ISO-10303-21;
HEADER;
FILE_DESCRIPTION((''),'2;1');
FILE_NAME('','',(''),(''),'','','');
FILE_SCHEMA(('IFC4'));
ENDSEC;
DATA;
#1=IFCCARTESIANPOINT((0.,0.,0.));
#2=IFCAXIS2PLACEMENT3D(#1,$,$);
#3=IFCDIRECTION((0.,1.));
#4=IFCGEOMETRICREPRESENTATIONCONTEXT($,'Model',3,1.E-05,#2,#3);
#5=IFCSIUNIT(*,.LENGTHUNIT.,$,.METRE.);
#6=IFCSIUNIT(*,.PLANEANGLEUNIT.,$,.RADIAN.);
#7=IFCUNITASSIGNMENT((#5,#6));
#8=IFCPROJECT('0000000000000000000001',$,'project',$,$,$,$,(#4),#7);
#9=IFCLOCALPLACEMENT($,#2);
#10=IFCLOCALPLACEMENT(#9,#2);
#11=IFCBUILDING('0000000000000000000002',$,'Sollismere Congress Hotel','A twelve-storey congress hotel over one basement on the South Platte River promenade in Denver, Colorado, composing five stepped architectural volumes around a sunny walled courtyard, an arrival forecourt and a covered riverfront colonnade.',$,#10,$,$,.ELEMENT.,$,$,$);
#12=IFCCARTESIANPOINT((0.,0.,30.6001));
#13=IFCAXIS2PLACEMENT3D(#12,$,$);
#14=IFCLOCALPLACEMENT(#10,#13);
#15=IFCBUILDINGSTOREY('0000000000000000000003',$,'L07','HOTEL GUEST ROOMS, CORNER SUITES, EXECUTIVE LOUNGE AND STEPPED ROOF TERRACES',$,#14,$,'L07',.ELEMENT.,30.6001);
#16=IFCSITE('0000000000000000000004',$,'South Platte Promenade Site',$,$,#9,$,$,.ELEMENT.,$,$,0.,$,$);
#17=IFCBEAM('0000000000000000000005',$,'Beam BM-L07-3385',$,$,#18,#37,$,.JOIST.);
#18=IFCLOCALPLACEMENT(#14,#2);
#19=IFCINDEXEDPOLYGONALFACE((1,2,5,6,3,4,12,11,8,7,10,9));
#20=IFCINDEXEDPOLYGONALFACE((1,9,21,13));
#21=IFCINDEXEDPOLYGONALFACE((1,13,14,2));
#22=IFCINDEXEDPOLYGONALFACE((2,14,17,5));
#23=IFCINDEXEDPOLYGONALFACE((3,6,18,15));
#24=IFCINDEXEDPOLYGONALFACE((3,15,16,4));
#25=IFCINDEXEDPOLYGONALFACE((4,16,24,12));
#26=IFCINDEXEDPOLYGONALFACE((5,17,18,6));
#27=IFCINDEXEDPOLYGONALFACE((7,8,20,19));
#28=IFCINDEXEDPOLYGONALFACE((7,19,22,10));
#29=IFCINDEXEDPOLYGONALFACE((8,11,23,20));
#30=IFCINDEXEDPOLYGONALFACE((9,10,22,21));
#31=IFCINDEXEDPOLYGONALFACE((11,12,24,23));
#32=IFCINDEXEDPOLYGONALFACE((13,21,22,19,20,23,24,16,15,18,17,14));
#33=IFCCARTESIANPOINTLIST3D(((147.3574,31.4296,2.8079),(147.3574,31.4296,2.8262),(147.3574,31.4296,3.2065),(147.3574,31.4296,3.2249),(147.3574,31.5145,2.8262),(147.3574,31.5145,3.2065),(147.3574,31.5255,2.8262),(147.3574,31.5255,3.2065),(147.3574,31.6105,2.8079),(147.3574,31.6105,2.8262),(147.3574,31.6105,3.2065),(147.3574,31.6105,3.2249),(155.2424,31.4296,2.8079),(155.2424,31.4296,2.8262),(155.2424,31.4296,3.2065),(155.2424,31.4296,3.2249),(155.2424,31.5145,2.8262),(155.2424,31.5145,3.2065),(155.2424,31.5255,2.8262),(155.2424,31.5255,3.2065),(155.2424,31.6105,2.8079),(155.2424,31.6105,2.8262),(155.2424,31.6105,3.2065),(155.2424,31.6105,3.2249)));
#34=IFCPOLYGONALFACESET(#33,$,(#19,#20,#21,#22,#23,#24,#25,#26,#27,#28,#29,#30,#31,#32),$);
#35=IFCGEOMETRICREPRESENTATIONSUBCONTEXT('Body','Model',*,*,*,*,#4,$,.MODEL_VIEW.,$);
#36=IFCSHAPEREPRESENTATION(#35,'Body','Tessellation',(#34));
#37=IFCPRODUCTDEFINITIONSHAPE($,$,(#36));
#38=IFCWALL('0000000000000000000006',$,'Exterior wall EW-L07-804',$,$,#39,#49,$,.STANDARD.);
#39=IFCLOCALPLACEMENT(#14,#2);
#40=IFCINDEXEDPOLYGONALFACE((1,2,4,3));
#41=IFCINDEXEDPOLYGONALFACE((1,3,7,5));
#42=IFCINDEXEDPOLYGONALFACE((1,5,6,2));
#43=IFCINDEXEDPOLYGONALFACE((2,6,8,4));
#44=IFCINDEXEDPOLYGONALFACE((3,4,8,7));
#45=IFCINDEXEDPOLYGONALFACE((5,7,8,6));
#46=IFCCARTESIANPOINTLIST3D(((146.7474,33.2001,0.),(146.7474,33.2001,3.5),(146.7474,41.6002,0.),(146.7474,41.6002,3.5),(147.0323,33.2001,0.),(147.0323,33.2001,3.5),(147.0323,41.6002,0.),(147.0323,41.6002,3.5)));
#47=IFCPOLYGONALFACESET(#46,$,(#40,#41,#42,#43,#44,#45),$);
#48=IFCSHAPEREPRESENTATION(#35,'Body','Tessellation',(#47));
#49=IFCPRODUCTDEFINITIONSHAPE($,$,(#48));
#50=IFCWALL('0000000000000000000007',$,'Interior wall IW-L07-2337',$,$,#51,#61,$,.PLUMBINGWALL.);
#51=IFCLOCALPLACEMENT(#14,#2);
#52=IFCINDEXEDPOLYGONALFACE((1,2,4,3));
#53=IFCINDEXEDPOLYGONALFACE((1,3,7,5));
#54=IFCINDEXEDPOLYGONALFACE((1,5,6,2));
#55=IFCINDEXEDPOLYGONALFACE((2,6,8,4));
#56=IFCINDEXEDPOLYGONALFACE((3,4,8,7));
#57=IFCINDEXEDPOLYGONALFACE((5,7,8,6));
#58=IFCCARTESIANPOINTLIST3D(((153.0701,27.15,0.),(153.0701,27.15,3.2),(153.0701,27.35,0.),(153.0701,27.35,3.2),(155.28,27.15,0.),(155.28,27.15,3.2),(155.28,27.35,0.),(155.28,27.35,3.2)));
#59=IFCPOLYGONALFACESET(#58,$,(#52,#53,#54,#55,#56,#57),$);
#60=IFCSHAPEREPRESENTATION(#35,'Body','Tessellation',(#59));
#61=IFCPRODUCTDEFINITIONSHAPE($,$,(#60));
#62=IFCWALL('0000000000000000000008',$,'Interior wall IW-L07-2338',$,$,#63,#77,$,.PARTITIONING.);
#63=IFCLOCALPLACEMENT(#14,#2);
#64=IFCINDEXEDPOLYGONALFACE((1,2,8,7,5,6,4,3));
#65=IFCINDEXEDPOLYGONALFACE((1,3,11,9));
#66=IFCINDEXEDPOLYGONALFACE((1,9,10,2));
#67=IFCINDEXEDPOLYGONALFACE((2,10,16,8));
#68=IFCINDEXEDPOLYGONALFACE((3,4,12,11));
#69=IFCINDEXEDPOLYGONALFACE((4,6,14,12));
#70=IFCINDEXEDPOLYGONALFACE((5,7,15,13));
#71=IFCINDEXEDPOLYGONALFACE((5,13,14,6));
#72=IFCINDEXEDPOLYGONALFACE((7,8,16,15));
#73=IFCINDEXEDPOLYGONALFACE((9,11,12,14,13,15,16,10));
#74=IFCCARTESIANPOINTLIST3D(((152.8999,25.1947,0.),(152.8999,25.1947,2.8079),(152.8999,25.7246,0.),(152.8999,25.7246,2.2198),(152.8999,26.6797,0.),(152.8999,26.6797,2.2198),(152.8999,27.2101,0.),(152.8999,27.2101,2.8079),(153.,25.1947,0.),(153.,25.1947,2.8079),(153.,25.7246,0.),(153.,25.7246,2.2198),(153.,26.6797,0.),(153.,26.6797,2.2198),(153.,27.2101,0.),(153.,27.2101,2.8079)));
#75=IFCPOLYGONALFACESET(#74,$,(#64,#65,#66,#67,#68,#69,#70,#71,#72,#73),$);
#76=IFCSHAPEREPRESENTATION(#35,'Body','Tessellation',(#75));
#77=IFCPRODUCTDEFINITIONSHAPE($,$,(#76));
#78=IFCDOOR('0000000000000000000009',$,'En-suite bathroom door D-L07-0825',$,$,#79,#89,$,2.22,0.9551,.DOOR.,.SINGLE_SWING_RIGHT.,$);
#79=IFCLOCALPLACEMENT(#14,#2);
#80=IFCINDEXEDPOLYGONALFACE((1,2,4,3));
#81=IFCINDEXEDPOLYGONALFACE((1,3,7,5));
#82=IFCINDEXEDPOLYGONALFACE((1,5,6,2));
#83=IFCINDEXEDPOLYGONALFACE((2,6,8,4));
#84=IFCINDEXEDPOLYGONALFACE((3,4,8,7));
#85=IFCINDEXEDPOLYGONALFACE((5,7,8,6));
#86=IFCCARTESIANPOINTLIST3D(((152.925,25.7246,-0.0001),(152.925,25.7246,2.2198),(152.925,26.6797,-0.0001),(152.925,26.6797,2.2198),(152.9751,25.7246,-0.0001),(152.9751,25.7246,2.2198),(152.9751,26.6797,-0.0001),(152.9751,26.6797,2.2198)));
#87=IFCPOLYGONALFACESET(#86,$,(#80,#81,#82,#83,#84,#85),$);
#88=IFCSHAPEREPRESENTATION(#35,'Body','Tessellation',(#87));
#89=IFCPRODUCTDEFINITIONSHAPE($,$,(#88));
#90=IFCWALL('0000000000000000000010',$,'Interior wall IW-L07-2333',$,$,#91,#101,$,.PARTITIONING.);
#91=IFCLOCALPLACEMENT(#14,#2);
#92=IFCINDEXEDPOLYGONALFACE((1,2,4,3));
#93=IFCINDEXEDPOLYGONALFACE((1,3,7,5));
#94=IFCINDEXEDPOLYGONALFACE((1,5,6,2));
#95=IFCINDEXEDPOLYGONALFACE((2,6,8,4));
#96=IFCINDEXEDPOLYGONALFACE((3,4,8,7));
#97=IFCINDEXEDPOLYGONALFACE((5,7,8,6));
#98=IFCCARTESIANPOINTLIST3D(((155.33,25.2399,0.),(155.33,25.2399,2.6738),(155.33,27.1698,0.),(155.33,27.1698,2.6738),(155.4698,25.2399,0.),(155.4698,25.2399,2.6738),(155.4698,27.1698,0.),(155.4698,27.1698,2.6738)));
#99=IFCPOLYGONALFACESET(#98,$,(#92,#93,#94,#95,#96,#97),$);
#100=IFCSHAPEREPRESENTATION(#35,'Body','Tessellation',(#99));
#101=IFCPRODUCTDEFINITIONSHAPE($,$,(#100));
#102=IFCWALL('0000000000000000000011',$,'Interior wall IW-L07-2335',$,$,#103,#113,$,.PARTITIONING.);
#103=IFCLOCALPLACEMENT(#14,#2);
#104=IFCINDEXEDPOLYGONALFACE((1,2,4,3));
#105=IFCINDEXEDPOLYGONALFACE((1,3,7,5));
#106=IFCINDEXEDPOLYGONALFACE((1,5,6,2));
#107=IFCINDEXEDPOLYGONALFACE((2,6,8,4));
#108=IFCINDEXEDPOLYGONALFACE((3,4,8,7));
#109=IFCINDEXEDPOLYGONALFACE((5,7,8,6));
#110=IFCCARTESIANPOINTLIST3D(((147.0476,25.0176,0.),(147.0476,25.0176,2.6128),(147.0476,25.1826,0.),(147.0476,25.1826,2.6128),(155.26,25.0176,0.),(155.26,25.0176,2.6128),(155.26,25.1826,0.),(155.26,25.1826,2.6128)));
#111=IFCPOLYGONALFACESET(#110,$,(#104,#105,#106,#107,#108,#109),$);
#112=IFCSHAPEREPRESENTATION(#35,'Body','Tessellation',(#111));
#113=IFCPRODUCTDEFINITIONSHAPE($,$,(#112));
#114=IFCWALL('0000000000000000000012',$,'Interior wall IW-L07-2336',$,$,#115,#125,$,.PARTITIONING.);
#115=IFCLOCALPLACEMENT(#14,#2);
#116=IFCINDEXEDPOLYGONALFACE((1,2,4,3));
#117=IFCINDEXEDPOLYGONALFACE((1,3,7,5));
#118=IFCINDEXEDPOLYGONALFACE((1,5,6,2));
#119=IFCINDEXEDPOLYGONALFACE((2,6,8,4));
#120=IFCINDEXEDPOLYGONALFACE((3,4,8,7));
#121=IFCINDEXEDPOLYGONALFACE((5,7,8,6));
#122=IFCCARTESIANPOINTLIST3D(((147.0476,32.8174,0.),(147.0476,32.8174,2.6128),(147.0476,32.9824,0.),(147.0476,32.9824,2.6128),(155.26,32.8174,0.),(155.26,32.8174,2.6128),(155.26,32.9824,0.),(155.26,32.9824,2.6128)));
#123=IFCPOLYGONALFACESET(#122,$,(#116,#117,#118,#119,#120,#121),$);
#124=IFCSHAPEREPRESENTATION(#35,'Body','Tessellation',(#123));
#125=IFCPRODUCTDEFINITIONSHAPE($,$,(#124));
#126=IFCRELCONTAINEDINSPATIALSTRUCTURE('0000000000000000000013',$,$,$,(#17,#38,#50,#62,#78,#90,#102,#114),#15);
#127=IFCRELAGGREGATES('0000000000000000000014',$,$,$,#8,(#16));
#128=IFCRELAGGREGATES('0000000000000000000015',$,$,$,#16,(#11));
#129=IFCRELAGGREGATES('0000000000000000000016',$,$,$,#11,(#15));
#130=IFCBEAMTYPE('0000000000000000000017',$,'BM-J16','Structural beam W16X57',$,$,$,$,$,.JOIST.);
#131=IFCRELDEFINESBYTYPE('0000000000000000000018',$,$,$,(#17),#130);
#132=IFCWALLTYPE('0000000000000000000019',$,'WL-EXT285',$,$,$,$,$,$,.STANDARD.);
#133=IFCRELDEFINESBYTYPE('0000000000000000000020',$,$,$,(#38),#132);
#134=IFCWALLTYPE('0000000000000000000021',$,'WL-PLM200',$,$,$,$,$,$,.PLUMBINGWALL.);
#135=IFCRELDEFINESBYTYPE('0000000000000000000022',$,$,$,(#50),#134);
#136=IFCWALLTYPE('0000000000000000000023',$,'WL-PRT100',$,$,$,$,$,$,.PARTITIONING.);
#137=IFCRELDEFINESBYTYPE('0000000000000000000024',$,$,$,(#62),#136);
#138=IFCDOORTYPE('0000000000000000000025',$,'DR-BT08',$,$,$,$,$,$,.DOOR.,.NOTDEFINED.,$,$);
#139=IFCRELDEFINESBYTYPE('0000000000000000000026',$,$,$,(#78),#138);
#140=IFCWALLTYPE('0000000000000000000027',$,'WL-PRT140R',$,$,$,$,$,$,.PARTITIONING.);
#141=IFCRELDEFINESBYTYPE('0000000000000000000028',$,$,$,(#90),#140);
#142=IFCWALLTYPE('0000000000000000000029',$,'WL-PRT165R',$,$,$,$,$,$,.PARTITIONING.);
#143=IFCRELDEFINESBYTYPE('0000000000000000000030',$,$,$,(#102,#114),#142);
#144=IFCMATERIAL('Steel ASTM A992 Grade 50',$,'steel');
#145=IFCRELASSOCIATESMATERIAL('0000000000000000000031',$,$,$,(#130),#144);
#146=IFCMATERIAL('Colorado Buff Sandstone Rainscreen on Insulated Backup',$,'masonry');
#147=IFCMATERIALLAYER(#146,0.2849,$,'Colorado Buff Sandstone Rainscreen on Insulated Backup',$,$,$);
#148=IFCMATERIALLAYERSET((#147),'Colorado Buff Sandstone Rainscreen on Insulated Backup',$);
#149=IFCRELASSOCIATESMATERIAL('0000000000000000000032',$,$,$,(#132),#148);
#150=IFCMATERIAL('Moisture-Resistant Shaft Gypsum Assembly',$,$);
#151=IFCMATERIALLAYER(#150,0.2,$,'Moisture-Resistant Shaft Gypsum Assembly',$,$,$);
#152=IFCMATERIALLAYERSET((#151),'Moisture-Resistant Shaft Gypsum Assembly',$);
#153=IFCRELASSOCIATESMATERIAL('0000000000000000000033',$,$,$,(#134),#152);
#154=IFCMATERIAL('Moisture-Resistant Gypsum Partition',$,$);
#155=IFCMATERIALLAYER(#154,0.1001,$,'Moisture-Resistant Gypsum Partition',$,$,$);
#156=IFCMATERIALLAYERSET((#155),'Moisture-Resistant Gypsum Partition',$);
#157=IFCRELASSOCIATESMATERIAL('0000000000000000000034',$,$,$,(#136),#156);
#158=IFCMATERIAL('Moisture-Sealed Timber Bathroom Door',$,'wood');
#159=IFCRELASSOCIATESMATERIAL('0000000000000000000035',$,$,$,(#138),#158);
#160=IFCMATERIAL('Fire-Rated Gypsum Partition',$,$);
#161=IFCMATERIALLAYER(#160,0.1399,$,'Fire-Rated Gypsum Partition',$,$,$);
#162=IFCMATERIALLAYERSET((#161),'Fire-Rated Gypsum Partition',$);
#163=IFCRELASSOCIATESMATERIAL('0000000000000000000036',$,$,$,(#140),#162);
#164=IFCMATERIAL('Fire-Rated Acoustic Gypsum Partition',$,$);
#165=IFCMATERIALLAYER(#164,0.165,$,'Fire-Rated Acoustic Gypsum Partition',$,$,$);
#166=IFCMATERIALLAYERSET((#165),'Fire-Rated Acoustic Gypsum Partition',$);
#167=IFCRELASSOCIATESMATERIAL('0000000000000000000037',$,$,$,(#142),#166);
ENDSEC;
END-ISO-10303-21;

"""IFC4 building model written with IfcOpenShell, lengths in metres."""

from ifc_helpers import new_model, si_unit, direction, frame, frame_2d, origin, origin_2d, place, context, subcontext, project, spatial, rectangle, i_section, extrude, material, layer, layer_set, material_profile, profile_set, type_object, element, fill, save


model = new_model("IFC4")

# Units and contexts
model_context = context("Model", 3, precision=1e-05, world=origin(), true_north=direction((0.0, 1.0)))
body_context = subcontext(model_context, "Body", "Model", "MODEL_VIEW")
ifc_project = project(units=[si_unit("LENGTHUNIT", "METRE"), si_unit("PLANEANGLEUNIT", "RADIAN")], contexts=[model_context])

# Site, building, storey
site_placement = place(None, origin())
site = spatial("IfcSite", under=ifc_project, at=site_placement, Name="South Platte Promenade Site", CompositionType="ELEMENT", RefElevation=0.0)
building_placement = place(site_placement, origin())
building = spatial("IfcBuilding", under=site, at=building_placement, Name="Sollismere Congress Hotel", Description="A twelve-storey congress hotel over one basement on the South Platte River promenade in Denver, Colorado, composing five stepped architectural volumes around a sunny walled courtyard, an arrival forecourt and a covered riverfront colonnade.", CompositionType="ELEMENT")
storey_placement = place(building_placement, frame((0.0, 0.0, 30.6001)))
storey = spatial("IfcBuildingStorey", under=building, at=storey_placement, Name="L07", Description="HOTEL GUEST ROOMS, CORNER SUITES, EXECUTIVE LOUNGE AND STEPPED ROOF TERRACES", LongName="L07", CompositionType="ELEMENT", Elevation=30.6001)

# Shared definitions
ifc_material_1 = material(Name="Steel ASTM A992 Grade 50", Category="steel")

# Beam
ifc_material_profile_1 = material_profile(ifc_material_1, i_section(OverallWidth=0.1809, OverallDepth=0.417, WebThickness=0.011, FlangeThickness=0.0183, at=origin_2d()), Name="W16X57")
ifc_profile_set_1 = profile_set([ifc_material_profile_1], Name="Steel ASTM A992 Grade 50")
beam_type_1 = type_object("IfcBeamType", Name="BM-J16", Description="Structural beam W16X57", PredefinedType="JOIST", material=ifc_profile_set_1)
for number, where, z_axis, x_axis, name in (
    (1, (147.3574, 31.52, 3.0164), (1.0, 0.0, 0.0), (0.0, 1.0, 0.0), "Beam BM-L07-3385"),
):
    element("IfcBeam", number, at=place(storey_placement, frame(where, z_axis=z_axis, x_axis=x_axis)), inside=storey, type_object=beam_type_1, Name=name, PredefinedType="JOIST", context=body_context, shape_type="SweptSolid", body=[
        extrude(i_section(OverallWidth=0.1809, OverallDepth=0.417, WebThickness=0.011, FlangeThickness=0.0183, at=origin_2d()), origin(), (0.0, 0.0, 1.0), 7.885),
    ])

# Walls
ifc_material_2 = material(Name="Colorado Buff Sandstone Rainscreen on Insulated Backup", Category="masonry")
ifc_layer_1 = layer(ifc_material_2, 0.2849, Name="Colorado Buff Sandstone Rainscreen on Insulated Backup")
ifc_layer_set_1 = layer_set([ifc_layer_1], Name="Colorado Buff Sandstone Rainscreen on Insulated Backup")
wall_type_1 = type_object("IfcWallType", Name="WL-EXT285", PredefinedType="STANDARD", material=ifc_layer_set_1)
wall_1_placement = place(storey_placement, frame((146.8899, 33.2, 0.0), z_axis=(0.0, 0.0, 1.0), x_axis=(0.0, 1.0, 0.0)))
element("IfcWall", 2, at=wall_1_placement, inside=storey, type_object=wall_type_1, Name="Exterior wall EW-L07-804", PredefinedType="STANDARD", context=body_context, shape_type="SweptSolid", body=[
    extrude(rectangle(XDim=8.4001, YDim=0.2849, at=frame_2d((4.2002, 0.0))), origin(), (0.0, 0.0, 1.0), 3.5),
])
ifc_material_3 = material(Name="Moisture-Resistant Shaft Gypsum Assembly")
ifc_layer_2 = layer(ifc_material_3, 0.2, Name="Moisture-Resistant Shaft Gypsum Assembly")
ifc_layer_set_2 = layer_set([ifc_layer_2], Name="Moisture-Resistant Shaft Gypsum Assembly")
wall_type_2 = type_object("IfcWallType", Name="WL-PLM200", PredefinedType="PLUMBINGWALL", material=ifc_layer_set_2)
wall_2_placement = place(storey_placement, frame((153.0701, 27.25, 0.0), z_axis=(0.0, 0.0, 1.0), x_axis=(1.0, 0.0, 0.0)))
element("IfcWall", 3, at=wall_2_placement, inside=storey, type_object=wall_type_2, Name="Interior wall IW-L07-2337", PredefinedType="PLUMBINGWALL", context=body_context, shape_type="SweptSolid", body=[
    extrude(rectangle(XDim=2.21, YDim=0.2, at=frame_2d((1.105, 0.0))), origin(), (0.0, 0.0, 1.0), 3.2),
])

# Wall, opening, door
ifc_material_4 = material(Name="Moisture-Resistant Gypsum Partition")
ifc_layer_3 = layer(ifc_material_4, 0.1001, Name="Moisture-Resistant Gypsum Partition")
ifc_layer_set_3 = layer_set([ifc_layer_3], Name="Moisture-Resistant Gypsum Partition")
wall_type_3 = type_object("IfcWallType", Name="WL-PRT100", PredefinedType="PARTITIONING", material=ifc_layer_set_3)
wall_3_placement = place(storey_placement, frame((152.95, 25.1946, 0.0), z_axis=(0.0, 0.0, 1.0), x_axis=(0.0, 1.0, 0.0)))
wall_3 = element("IfcWall", 4, at=wall_3_placement, inside=storey, type_object=wall_type_3, Name="Interior wall IW-L07-2338", PredefinedType="PARTITIONING", context=body_context, shape_type="SweptSolid", body=[
    extrude(rectangle(XDim=2.0154, YDim=0.1001, at=frame_2d((1.0078, 0.0))), origin(), (0.0, 0.0, 1.0), 2.8079),
])
opening_1_placement = place(wall_3_placement, frame((0.53, 0.0, 0.0)))
opening_1 = element("IfcOpeningElement", 5, at=opening_1_placement, cuts=wall_3, PredefinedType="OPENING", context=body_context, shape_type="SweptSolid", body=[
    extrude(rectangle(XDim=0.9551, YDim=2.22, at=frame_2d((0.4775, 1.1099))), frame((0.0, 0.0601, 0.0), z_axis=(0.0, -1.0, 0.0), x_axis=(1.0, 0.0, 0.0)), (0.0, 0.0, 1.0), 0.1201),
])
ifc_material_5 = material(Name="Moisture-Sealed Timber Bathroom Door", Category="wood")
door_type_1 = type_object("IfcDoorType", Name="DR-BT08", OperationType="NOTDEFINED", PredefinedType="DOOR", material=ifc_material_5)
door_1_placement = place(opening_1_placement, origin())
door_1 = element("IfcDoor", 6, at=door_1_placement, inside=storey, type_object=door_type_1, Name="En-suite bathroom door D-L07-0825", OperationType="SINGLE_SWING_RIGHT", OverallHeight=2.22, OverallWidth=0.9551, PredefinedType="DOOR", context=body_context, shape_type="SweptSolid", body=[
    extrude(rectangle(XDim=0.9551, YDim=2.22, at=frame_2d((0.4775, 1.1099))), frame((0.0, 0.0249, 0.0), z_axis=(0.0, -1.0, 0.0), x_axis=(1.0, 0.0, 0.0)), (0.0, 0.0, 1.0), 0.05),
])
fill(opening_1, door_1)

# Wall
ifc_material_6 = material(Name="Fire-Rated Gypsum Partition")
ifc_layer_4 = layer(ifc_material_6, 0.1399, Name="Fire-Rated Gypsum Partition")
ifc_layer_set_4 = layer_set([ifc_layer_4], Name="Fire-Rated Gypsum Partition")
wall_type_4 = type_object("IfcWallType", Name="WL-PRT140R", PredefinedType="PARTITIONING", material=ifc_layer_set_4)
wall_4_placement = place(storey_placement, frame((155.3999, 25.24, 0.0), z_axis=(0.0, 0.0, 1.0), x_axis=(0.0, 1.0, 0.0)))
element("IfcWall", 7, at=wall_4_placement, inside=storey, type_object=wall_type_4, Name="Interior wall IW-L07-2333", PredefinedType="PARTITIONING", context=body_context, shape_type="SweptSolid", body=[
    extrude(rectangle(XDim=1.9299, YDim=0.1399, at=frame_2d((0.9648, 0.0))), origin(), (0.0, 0.0, 1.0), 2.6738),
])

# Walls
ifc_material_7 = material(Name="Fire-Rated Acoustic Gypsum Partition")
ifc_layer_5 = layer(ifc_material_7, 0.165, Name="Fire-Rated Acoustic Gypsum Partition")
ifc_layer_set_5 = layer_set([ifc_layer_5], Name="Fire-Rated Acoustic Gypsum Partition")
wall_type_5 = type_object("IfcWallType", Name="WL-PRT165R", PredefinedType="PARTITIONING", material=ifc_layer_set_5)
for number, where, z_axis, x_axis, name in (
    (8, (147.0476, 25.1001, 0.0), (0.0, 0.0, 1.0), (1.0, 0.0, 0.0), "Interior wall IW-L07-2335"),
    (9, (147.0476, 32.8999, 0.0), (0.0, 0.0, 1.0), (1.0, 0.0, 0.0), "Interior wall IW-L07-2336"),
):
    element("IfcWall", number, at=place(storey_placement, frame(where, z_axis=z_axis, x_axis=x_axis)), inside=storey, type_object=wall_type_5, Name=name, PredefinedType="PARTITIONING", context=body_context, shape_type="SweptSolid", body=[
        extrude(rectangle(XDim=8.2124, YDim=0.165, at=frame_2d((4.1062, 0.0))), origin(), (0.0, 0.0, 1.0), 2.6128),
    ])

save(model, "model.ifc")
